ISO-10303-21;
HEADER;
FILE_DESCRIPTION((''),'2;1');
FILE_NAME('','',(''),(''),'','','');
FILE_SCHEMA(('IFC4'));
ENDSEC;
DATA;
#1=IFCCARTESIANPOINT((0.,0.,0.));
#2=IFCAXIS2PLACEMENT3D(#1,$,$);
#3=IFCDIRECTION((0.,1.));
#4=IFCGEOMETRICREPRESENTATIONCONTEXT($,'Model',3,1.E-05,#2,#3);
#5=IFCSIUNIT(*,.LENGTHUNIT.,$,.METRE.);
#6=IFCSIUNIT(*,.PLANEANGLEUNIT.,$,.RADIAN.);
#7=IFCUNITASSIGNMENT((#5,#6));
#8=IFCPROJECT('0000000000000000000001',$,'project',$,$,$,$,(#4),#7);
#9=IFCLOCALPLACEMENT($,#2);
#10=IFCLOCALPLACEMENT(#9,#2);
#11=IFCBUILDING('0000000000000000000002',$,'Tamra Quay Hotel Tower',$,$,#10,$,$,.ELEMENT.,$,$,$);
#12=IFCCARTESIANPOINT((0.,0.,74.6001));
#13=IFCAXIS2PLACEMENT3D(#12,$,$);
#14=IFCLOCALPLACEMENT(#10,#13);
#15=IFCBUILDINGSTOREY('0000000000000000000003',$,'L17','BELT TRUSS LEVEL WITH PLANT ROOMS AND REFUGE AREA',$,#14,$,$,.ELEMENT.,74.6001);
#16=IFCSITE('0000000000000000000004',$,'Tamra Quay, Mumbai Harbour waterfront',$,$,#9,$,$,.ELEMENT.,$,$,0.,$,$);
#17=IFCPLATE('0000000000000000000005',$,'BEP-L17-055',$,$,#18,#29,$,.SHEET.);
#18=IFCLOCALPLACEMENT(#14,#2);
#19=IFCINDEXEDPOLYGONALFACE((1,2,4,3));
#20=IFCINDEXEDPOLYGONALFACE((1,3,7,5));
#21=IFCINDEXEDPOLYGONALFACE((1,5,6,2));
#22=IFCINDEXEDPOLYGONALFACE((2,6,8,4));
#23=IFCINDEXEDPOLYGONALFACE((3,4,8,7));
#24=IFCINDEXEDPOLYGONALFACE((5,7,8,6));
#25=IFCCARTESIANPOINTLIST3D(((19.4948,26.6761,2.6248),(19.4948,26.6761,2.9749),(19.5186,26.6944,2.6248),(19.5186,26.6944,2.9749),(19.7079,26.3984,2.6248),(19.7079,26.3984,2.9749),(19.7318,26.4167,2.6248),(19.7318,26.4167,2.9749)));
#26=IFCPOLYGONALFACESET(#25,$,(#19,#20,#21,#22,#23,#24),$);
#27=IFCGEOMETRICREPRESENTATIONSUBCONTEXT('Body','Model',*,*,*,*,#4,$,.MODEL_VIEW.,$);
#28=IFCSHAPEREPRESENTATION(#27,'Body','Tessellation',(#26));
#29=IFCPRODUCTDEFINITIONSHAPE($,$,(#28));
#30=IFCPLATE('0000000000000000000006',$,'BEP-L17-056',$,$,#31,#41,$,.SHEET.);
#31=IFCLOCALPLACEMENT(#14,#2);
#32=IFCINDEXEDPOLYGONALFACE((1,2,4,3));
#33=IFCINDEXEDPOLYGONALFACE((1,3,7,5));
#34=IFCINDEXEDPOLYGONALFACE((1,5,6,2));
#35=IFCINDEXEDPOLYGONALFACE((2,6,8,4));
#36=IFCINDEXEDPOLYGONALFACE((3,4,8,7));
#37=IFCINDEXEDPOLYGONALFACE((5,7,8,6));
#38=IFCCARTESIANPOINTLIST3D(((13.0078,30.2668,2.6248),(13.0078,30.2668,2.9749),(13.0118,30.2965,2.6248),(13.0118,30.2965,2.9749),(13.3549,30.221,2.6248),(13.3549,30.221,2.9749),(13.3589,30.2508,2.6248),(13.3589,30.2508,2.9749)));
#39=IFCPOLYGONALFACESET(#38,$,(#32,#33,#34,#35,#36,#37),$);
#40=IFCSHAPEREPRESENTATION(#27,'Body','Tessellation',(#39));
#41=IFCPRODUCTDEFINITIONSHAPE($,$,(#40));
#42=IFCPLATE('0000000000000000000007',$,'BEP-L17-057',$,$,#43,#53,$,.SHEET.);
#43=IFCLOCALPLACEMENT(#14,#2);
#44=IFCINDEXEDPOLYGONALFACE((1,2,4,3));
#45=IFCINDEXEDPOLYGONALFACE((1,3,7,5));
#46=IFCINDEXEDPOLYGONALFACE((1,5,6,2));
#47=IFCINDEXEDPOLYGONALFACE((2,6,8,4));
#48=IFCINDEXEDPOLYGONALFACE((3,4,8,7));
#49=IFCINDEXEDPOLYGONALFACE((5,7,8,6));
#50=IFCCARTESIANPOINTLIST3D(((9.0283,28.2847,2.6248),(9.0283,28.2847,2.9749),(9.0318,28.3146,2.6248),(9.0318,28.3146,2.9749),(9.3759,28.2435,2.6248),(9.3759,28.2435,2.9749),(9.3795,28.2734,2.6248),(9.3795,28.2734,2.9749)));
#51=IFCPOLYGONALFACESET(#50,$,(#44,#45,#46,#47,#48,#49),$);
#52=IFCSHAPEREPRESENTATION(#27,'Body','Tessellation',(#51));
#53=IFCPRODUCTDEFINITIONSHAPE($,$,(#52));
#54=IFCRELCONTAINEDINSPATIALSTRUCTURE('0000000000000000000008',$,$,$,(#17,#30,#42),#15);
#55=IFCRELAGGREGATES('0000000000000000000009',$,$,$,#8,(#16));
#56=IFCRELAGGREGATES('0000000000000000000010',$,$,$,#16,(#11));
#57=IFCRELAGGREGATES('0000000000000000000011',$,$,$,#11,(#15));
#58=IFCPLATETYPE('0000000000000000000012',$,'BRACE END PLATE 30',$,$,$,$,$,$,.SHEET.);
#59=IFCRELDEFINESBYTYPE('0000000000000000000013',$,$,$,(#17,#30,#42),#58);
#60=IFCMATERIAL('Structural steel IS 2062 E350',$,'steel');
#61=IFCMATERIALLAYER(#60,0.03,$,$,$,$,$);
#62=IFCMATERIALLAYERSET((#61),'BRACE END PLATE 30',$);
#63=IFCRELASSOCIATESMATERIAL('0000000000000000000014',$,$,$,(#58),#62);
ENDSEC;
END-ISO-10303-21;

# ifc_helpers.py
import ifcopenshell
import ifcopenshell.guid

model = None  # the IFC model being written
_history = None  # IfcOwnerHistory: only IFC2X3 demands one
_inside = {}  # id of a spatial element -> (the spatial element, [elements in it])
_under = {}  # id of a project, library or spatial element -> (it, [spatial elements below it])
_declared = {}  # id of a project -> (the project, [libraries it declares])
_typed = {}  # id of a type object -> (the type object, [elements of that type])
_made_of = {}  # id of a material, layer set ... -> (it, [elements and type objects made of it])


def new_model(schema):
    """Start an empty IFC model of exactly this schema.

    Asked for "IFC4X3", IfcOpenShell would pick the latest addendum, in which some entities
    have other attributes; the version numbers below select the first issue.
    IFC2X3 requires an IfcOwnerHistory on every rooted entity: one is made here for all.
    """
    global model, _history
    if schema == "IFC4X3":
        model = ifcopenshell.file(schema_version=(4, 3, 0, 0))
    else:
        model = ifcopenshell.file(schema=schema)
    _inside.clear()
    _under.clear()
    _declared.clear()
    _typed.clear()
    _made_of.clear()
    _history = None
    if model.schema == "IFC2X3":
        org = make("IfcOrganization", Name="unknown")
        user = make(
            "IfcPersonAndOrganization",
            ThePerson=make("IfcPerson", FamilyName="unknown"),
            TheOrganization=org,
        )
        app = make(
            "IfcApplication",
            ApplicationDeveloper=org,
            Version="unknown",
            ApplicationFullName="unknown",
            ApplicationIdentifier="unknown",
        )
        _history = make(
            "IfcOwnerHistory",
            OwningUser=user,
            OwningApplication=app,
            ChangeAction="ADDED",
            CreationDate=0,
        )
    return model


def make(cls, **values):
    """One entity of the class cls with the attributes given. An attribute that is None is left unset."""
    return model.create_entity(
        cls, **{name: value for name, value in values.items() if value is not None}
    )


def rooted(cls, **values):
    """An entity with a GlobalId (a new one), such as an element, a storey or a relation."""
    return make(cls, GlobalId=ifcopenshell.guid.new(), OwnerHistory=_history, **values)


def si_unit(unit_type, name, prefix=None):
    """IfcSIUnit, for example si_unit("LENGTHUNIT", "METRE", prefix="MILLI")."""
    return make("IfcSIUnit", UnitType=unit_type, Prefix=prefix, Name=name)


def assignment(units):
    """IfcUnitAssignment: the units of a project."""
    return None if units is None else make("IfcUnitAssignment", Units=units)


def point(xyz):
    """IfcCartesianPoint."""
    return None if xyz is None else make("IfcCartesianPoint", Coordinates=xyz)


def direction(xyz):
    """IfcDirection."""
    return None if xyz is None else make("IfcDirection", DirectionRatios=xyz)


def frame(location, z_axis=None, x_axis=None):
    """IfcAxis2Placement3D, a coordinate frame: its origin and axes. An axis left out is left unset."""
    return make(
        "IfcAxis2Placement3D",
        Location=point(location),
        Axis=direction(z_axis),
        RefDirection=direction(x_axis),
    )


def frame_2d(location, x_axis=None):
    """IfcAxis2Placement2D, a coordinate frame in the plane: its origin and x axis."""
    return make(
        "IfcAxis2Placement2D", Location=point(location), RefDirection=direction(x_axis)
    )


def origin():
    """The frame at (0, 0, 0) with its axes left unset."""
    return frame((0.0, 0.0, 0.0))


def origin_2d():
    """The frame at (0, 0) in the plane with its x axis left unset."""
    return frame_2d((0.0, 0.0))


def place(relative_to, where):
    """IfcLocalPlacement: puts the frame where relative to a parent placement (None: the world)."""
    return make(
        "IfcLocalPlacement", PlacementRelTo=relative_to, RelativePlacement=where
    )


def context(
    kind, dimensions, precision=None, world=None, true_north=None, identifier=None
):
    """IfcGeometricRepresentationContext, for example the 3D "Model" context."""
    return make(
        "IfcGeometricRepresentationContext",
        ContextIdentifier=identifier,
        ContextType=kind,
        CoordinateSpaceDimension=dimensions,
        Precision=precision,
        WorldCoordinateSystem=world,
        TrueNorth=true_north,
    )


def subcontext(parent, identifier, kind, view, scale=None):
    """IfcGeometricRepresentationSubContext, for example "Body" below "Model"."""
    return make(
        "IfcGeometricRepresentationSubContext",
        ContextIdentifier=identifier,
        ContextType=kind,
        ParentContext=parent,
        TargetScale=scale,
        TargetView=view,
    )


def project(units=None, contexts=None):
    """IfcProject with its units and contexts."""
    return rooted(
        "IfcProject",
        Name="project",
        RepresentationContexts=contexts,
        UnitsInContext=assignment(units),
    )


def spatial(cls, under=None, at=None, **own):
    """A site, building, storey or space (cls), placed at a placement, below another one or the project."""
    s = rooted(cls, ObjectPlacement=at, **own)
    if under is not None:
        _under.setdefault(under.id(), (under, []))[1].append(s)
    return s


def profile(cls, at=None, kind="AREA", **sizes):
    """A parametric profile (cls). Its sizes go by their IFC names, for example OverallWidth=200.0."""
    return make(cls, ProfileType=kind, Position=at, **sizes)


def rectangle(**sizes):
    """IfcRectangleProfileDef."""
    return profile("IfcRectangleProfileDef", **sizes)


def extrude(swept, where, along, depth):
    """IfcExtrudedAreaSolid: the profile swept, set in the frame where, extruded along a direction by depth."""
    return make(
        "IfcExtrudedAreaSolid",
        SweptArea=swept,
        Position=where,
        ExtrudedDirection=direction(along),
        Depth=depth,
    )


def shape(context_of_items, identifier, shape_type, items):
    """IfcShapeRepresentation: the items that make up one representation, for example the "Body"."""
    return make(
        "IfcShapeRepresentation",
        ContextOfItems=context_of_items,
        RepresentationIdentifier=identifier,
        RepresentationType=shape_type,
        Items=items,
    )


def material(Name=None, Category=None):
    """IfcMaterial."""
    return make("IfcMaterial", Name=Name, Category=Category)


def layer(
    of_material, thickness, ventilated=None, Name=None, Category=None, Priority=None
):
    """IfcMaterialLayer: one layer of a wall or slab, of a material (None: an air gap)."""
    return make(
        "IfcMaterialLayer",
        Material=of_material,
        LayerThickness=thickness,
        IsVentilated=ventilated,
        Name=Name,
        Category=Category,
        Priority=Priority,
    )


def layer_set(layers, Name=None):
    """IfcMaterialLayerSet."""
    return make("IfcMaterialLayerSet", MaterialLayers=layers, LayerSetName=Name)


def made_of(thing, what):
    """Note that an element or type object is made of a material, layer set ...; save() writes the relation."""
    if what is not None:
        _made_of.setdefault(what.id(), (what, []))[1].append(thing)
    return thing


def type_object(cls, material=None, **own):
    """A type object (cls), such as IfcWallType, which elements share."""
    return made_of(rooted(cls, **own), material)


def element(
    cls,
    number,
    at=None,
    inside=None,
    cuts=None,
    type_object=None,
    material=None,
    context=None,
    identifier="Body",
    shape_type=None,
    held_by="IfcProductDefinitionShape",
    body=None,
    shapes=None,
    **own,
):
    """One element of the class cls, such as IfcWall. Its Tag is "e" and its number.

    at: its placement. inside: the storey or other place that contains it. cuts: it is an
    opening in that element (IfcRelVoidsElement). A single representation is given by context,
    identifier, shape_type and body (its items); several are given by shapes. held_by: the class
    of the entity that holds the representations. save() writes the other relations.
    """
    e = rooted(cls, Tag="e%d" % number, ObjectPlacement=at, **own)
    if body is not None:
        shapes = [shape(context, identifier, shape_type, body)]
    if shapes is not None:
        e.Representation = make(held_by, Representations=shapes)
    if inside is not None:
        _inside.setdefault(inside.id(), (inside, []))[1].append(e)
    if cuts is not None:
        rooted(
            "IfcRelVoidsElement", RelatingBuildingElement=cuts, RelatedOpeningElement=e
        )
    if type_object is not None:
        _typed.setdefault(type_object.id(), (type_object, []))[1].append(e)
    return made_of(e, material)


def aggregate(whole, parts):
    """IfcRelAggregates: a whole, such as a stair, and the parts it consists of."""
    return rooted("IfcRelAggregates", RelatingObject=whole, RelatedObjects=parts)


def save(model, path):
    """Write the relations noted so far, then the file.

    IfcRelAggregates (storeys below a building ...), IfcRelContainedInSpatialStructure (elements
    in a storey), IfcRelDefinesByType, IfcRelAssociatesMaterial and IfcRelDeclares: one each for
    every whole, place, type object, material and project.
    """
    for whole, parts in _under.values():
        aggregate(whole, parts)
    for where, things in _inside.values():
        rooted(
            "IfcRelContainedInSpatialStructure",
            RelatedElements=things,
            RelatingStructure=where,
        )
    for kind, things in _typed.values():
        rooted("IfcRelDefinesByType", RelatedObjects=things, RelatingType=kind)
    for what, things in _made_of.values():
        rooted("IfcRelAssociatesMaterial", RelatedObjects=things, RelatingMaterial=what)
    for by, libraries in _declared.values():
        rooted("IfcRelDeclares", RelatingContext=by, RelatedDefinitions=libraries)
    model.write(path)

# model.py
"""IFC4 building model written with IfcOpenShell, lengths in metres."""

from ifc_helpers import new_model, si_unit, direction, frame, origin, origin_2d, place, context, subcontext, project, spatial, rectangle, extrude, material, layer, layer_set, type_object, element, save


model = new_model("IFC4")

# Units and contexts
model_context = context("Model", 3, precision=1e-05, world=origin(), true_north=direction((0.0, 1.0)))
body_context = subcontext(model_context, "Body", "Model", "MODEL_VIEW")
ifc_project = project(units=[si_unit("LENGTHUNIT", "METRE"), si_unit("PLANEANGLEUNIT", "RADIAN")], contexts=[model_context])

# Site, building, storey
site_placement = place(None, origin())
site = spatial("IfcSite", under=ifc_project, at=site_placement, Name="Tamra Quay, Mumbai Harbour waterfront", CompositionType="ELEMENT", RefElevation=0.0)
building_placement = place(site_placement, origin())
building = spatial("IfcBuilding", under=site, at=building_placement, Name="Tamra Quay Hotel Tower", CompositionType="ELEMENT")
storey_placement = place(building_placement, frame((0.0, 0.0, 74.6001)))
storey = spatial("IfcBuildingStorey", under=building, at=storey_placement, Name="L17", Description="BELT TRUSS LEVEL WITH PLANT ROOMS AND REFUGE AREA", CompositionType="ELEMENT", Elevation=74.6001)

# Shared definitions
ifc_material_1 = material(Name="Structural steel IS 2062 E350", Category="steel")

# Plates
ifc_layer = layer(ifc_material_1, 0.03)
ifc_layer_set = layer_set([ifc_layer], Name="BRACE END PLATE 30")
plate_type = type_object("IfcPlateType", Name="BRACE END PLATE 30", PredefinedType="SHEET", material=ifc_layer_set)
for number, where, z_axis, x_axis, name in (
    (1, (19.6133, 26.5464, 2.6248), (0.0, 0.0, 1.0), (0.793282, 0.608854, 0.0), "BEP-L17-055"),
    (2, (13.1833, 30.2588, 2.6248), (0.0, 0.0, 1.0), (0.130649, 0.991429, 0.0), "BEP-L17-056"),
    (3, (9.2039, 28.2791, 2.6248), (0.0, 0.0, 1.0), (0.117683, 0.993051, 0.0), "BEP-L17-057"),
):
    element("IfcPlate", number, at=place(storey_placement, frame(where, z_axis=z_axis, x_axis=x_axis)), inside=storey, type_object=plate_type, Name=name, PredefinedType="SHEET", context=body_context, shape_type="SweptSolid", body=[
        extrude(rectangle(XDim=0.03, YDim=0.3501, at=origin_2d()), origin(), (0.0, 0.0, 1.0), 0.3501),
    ])

save(model, "model.ifc")
